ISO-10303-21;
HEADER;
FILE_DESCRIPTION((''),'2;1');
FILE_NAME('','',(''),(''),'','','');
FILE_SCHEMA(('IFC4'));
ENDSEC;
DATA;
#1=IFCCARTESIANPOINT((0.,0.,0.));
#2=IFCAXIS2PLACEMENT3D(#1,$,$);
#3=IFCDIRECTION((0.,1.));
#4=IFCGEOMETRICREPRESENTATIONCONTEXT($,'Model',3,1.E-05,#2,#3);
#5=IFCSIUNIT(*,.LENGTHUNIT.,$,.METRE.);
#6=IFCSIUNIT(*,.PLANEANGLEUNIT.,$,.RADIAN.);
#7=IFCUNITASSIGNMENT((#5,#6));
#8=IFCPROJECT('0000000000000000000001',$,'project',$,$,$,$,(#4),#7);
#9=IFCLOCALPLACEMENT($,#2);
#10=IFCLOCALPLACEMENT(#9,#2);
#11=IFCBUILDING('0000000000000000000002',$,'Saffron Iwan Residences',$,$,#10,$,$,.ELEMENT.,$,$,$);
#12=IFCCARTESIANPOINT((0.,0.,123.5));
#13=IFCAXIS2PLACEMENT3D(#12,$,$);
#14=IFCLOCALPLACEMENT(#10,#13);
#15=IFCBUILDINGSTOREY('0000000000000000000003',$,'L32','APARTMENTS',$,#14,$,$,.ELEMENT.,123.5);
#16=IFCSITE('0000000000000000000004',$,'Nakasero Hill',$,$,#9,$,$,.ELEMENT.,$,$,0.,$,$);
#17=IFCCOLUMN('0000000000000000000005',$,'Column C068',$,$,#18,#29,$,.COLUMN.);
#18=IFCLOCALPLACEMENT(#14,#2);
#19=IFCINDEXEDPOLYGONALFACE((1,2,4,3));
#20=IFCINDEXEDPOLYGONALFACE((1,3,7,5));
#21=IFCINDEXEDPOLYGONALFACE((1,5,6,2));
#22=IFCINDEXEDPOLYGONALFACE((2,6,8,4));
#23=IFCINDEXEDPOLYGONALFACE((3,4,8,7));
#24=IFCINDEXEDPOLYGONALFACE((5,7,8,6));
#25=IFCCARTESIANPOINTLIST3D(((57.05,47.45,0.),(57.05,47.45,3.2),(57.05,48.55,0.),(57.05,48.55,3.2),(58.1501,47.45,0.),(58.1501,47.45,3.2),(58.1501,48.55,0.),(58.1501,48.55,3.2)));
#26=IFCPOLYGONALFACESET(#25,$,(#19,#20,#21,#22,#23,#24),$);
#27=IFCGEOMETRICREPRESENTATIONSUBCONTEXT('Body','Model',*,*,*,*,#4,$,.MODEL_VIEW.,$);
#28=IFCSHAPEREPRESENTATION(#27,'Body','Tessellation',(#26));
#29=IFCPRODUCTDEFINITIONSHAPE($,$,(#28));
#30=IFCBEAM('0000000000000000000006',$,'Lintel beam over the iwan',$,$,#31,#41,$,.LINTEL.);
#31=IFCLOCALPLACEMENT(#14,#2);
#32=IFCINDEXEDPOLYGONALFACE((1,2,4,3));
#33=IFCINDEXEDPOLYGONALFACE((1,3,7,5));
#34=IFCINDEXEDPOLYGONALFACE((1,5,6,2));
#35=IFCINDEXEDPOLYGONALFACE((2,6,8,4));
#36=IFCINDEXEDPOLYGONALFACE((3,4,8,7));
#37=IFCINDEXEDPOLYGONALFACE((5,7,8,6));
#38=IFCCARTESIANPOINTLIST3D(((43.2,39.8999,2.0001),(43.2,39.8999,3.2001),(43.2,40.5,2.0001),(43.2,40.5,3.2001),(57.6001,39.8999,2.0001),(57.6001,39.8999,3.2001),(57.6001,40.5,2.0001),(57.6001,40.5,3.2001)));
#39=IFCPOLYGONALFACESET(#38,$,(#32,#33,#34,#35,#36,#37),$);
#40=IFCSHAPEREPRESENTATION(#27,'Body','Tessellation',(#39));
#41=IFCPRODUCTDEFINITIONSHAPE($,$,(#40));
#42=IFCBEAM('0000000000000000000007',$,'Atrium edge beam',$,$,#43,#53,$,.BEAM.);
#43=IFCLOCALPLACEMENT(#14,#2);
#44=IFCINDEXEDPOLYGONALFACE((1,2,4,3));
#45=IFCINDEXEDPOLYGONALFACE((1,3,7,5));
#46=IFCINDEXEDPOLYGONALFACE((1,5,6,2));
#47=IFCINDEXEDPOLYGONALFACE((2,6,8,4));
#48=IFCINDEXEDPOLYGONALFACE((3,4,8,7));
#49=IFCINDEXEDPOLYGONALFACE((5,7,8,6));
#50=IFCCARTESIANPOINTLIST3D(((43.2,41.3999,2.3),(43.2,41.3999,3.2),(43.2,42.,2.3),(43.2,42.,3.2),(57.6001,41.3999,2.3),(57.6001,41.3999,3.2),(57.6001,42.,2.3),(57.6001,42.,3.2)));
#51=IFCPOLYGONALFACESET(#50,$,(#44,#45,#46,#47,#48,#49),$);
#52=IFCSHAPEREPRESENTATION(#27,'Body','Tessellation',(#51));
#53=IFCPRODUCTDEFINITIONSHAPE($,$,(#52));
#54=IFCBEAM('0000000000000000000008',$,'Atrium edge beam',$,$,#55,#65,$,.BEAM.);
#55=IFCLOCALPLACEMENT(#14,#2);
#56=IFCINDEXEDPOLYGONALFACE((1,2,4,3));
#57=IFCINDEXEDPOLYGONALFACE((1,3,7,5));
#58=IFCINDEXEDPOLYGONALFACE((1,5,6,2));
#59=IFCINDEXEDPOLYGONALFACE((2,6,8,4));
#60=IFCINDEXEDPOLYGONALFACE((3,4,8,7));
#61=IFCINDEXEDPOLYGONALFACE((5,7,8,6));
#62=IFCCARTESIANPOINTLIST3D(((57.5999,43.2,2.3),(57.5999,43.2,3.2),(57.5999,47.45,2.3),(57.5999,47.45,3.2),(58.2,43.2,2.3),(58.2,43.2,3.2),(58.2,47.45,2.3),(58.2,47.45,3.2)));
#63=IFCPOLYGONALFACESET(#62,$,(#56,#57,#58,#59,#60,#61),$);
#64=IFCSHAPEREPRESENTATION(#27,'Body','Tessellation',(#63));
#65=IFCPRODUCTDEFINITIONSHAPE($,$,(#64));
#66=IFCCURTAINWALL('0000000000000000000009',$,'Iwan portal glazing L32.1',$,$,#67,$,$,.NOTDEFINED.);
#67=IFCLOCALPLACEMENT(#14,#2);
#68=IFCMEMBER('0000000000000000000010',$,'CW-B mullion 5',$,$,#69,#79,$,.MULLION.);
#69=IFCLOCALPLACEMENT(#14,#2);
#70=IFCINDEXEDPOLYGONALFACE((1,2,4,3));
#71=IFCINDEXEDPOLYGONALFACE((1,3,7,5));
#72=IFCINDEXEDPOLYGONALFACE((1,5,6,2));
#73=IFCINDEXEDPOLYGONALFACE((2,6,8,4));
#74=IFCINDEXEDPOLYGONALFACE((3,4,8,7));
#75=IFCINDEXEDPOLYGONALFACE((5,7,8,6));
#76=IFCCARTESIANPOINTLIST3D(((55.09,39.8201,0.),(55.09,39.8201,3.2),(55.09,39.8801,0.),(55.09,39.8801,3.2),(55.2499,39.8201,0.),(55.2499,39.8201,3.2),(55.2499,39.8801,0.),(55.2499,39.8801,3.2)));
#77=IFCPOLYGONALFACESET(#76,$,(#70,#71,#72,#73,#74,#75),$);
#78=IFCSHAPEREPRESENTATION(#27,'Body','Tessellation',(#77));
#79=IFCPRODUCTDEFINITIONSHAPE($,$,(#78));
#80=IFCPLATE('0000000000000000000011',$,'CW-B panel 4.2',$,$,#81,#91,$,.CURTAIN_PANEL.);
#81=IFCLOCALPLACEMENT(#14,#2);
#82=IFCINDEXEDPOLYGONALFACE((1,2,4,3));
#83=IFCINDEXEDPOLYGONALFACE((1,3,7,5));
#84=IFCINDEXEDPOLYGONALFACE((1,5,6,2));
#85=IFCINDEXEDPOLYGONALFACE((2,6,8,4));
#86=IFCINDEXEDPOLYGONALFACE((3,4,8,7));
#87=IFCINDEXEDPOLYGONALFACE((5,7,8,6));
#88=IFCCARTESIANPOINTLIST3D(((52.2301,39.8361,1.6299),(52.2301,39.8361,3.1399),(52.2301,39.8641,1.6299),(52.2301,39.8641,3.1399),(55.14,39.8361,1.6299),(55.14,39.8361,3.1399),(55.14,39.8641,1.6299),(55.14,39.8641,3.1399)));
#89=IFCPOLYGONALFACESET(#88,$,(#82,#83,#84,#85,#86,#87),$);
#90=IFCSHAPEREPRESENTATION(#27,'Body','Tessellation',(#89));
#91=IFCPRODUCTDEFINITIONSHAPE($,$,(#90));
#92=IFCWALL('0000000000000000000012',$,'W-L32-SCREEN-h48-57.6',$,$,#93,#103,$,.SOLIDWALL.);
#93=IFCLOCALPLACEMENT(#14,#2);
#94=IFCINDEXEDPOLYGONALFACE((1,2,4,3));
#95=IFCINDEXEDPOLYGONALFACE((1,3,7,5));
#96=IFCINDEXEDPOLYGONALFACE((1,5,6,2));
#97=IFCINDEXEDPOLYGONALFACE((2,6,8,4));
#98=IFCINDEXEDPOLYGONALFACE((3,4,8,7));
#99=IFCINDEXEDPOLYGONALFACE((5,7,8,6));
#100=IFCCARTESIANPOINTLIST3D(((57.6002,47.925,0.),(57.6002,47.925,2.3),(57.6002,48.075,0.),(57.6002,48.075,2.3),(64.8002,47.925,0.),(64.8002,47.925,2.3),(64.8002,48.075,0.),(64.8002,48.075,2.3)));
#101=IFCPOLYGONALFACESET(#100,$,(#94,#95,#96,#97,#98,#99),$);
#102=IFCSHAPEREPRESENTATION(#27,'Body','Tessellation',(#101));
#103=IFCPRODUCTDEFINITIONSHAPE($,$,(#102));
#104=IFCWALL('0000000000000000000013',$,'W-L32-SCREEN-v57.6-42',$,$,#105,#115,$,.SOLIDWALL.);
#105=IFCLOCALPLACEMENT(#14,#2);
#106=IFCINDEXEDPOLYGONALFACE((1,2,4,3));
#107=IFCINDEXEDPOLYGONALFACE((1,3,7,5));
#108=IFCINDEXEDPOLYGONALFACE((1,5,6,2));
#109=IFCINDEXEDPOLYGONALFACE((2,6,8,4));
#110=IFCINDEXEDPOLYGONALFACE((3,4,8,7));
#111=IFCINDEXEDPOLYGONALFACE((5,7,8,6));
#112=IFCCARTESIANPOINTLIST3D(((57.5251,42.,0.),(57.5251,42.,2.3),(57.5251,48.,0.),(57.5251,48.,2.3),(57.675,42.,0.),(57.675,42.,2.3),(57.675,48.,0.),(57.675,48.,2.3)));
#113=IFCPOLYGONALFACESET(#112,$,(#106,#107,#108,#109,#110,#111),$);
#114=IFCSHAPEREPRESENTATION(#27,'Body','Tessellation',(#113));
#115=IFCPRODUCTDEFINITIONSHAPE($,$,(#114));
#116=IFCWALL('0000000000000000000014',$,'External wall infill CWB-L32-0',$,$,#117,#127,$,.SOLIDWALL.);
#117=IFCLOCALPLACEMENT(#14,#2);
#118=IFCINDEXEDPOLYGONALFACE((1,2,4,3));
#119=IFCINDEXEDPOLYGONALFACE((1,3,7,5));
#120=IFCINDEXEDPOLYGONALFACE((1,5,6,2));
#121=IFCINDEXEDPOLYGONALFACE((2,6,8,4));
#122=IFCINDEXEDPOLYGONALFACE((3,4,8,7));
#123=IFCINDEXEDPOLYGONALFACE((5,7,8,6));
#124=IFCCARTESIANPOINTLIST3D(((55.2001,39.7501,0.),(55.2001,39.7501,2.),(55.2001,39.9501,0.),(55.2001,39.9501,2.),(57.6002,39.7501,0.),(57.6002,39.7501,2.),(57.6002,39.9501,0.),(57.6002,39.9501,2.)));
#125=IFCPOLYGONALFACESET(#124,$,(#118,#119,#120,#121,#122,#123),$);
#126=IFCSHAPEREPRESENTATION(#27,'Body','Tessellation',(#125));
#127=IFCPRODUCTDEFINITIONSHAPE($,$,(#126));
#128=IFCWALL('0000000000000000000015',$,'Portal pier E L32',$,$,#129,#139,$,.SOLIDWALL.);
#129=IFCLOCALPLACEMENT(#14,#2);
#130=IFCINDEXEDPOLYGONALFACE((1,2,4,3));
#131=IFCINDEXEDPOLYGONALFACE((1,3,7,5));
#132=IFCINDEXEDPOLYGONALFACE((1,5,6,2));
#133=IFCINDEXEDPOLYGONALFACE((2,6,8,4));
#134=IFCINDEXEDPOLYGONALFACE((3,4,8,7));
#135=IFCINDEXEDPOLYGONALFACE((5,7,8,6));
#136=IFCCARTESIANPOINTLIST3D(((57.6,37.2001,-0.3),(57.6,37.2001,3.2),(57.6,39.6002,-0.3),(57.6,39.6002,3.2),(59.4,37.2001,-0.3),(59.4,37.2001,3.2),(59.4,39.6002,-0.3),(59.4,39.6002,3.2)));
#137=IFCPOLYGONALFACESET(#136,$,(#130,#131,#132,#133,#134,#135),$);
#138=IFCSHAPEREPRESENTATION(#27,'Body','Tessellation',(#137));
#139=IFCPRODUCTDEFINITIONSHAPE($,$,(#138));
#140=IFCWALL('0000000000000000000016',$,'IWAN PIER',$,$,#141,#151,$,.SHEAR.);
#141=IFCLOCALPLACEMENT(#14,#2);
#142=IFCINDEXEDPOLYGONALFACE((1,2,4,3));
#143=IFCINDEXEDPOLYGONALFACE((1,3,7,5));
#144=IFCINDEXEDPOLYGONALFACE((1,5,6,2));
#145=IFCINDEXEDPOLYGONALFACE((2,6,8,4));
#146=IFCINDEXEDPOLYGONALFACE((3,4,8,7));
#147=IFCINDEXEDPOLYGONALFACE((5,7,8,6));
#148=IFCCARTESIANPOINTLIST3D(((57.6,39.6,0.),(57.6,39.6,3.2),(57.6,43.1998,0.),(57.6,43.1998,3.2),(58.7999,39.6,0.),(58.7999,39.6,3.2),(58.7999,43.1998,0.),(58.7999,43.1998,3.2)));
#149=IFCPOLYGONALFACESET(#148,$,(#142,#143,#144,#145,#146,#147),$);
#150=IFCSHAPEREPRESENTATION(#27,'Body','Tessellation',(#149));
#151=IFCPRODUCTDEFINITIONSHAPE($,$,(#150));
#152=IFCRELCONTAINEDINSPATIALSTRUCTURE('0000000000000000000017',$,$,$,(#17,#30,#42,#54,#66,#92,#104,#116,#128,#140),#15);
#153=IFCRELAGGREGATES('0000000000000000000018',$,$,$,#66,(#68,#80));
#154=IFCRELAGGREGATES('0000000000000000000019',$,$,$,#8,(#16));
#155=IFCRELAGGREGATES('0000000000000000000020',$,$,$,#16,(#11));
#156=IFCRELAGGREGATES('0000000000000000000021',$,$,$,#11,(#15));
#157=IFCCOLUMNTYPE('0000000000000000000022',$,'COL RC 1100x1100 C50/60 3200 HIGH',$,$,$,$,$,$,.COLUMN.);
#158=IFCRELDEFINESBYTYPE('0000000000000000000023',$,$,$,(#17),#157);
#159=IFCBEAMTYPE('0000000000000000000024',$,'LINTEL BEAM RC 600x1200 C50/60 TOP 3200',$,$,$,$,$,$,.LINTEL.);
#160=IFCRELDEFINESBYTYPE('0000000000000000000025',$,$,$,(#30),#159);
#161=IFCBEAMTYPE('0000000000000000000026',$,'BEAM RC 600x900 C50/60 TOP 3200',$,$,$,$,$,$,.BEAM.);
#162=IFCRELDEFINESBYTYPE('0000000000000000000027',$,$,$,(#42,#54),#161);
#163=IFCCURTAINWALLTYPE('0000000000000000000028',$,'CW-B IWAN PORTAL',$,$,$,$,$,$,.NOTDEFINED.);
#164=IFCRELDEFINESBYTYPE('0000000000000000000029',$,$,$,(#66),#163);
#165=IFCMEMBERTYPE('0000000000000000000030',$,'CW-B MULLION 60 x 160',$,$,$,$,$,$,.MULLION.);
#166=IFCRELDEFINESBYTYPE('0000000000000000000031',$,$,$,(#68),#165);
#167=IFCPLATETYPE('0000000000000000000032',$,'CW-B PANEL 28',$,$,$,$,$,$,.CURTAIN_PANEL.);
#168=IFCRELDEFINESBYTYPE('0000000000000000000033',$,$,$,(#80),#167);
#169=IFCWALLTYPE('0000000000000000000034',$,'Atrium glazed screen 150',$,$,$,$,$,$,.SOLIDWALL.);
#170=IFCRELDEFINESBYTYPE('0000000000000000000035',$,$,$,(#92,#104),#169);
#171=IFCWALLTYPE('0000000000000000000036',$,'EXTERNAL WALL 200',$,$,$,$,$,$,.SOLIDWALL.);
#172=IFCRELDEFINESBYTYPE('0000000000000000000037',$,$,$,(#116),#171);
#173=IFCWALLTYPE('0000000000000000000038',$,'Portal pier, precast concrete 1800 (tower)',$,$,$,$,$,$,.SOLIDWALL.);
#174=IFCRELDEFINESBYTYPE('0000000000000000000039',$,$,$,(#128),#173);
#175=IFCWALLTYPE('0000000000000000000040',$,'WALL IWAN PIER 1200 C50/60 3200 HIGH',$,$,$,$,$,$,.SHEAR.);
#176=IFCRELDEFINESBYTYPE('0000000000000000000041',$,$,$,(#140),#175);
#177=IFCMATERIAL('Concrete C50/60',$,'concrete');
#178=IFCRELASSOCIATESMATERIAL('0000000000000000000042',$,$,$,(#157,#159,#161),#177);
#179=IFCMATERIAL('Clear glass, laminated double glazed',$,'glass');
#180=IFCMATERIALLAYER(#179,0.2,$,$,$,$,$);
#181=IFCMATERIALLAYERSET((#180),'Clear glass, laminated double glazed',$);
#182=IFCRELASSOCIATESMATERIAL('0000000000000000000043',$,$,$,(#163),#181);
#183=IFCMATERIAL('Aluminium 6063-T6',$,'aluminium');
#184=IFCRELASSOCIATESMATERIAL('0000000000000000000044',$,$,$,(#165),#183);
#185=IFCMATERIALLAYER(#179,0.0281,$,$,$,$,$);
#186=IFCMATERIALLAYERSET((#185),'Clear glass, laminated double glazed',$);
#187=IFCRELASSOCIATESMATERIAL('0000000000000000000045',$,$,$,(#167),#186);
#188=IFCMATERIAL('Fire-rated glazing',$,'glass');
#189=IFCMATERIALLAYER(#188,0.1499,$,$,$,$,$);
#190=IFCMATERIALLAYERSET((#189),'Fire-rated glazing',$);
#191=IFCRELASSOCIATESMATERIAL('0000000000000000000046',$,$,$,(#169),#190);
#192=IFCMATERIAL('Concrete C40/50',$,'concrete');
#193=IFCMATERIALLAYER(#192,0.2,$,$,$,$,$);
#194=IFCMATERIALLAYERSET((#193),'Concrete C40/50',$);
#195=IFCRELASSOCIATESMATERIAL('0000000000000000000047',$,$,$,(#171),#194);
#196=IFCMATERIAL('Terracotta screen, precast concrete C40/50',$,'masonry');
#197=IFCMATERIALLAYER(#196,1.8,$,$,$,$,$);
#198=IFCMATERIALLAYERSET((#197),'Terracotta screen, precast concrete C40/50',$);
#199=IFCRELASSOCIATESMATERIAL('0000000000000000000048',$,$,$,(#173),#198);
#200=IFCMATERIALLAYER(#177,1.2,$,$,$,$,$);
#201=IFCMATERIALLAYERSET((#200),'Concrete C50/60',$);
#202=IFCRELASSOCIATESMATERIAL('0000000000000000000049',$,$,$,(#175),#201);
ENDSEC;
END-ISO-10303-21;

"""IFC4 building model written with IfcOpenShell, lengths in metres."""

from ifc_helpers import new_model, si_unit, direction, frame, frame_2d, origin, origin_2d, place, context, subcontext, project, spatial, rectangle, extrude, source, transform, mapped, material, layer, layer_set, material_profile, profile_set, type_object, element, aggregate, save


model = new_model("IFC4")

# Units and contexts
model_context = context("Model", 3, precision=1e-05, world=origin(), true_north=direction((0.0, 1.0)))
body_context = subcontext(model_context, "Body", "Model", "MODEL_VIEW")
ifc_project = project(units=[si_unit("LENGTHUNIT", "METRE"), si_unit("PLANEANGLEUNIT", "RADIAN")], contexts=[model_context])

# Site, building, storey
site_placement = place(None, origin())
site = spatial("IfcSite", under=ifc_project, at=site_placement, Name="Nakasero Hill", CompositionType="ELEMENT", RefElevation=0.0)
building_placement = place(site_placement, origin())
building = spatial("IfcBuilding", under=site, at=building_placement, Name="Saffron Iwan Residences", CompositionType="ELEMENT")
storey_placement = place(building_placement, frame((0.0, 0.0, 123.5)))
storey = spatial("IfcBuildingStorey", under=building, at=storey_placement, Name="L32", Description="APARTMENTS", CompositionType="ELEMENT", Elevation=123.5)

# Column
ifc_material_1 = material(Name="Concrete C50/60", Category="concrete")
ifc_material_profile_1 = material_profile(ifc_material_1, rectangle(XDim=1.1001, YDim=1.1001, at=origin_2d()), Name="RC 1100x1100")
ifc_profile_set_1 = profile_set([ifc_material_profile_1], Name="Concrete C50/60")
column_type = type_object("IfcColumnType", Name="COL RC 1100x1100 C50/60 3200 HIGH", PredefinedType="COLUMN", material=ifc_profile_set_1)
shared_shape_1 = source(origin(), body_context, "Body", "SweptSolid", [
    extrude(rectangle(XDim=1.1001, YDim=1.1001, at=origin_2d()), origin(), (0.0, 0.0, 1.0), 3.2),
])
column_placement = place(storey_placement, frame((57.6001, 48.0, 0.0), z_axis=(0.0, 0.0, 1.0), x_axis=(1.0, 0.0, 0.0)))
element("IfcColumn", 1, at=column_placement, inside=storey, type_object=column_type, Name="Column C068", PredefinedType="COLUMN", context=body_context, shape_type="MappedRepresentation", body=[
    mapped(shared_shape_1, transform((0.0, 0.0, 0.0))),
])

# Beams
ifc_material_profile_2 = material_profile(ifc_material_1, rectangle(XDim=0.6001, YDim=1.2, at=origin_2d()), Name="RC 600x1200")
ifc_profile_set_2 = profile_set([ifc_material_profile_2], Name="Concrete C50/60")
beam_type_1 = type_object("IfcBeamType", Name="LINTEL BEAM RC 600x1200 C50/60 TOP 3200", PredefinedType="LINTEL", material=ifc_profile_set_2)
shared_shape_2 = source(origin(), body_context, "Body", "SweptSolid", [
    extrude(rectangle(XDim=0.6001, YDim=1.2, at=origin_2d()), origin(), (0.0, 0.0, 1.0), 14.4001),
])
beam_1_placement = place(storey_placement, frame((57.6001, 40.2, 2.6001), z_axis=(-1.0, 0.0, 0.0), x_axis=(0.0, -1.0, 0.0)))
element("IfcBeam", 2, at=beam_1_placement, inside=storey, type_object=beam_type_1, Name="Lintel beam over the iwan", PredefinedType="LINTEL", context=body_context, shape_type="MappedRepresentation", body=[
    mapped(shared_shape_2, transform((0.0, 0.0, 0.0))),
])
ifc_material_profile_3 = material_profile(ifc_material_1, rectangle(XDim=0.6001, YDim=0.8999, at=origin_2d()), Name="RC 600x900")
ifc_profile_set_3 = profile_set([ifc_material_profile_3], Name="Concrete C50/60")
beam_type_2 = type_object("IfcBeamType", Name="BEAM RC 600x900 C50/60 TOP 3200", PredefinedType="BEAM", material=ifc_profile_set_3)
shared_shape_3 = source(origin(), body_context, "Body", "SweptSolid", [
    extrude(rectangle(XDim=0.6001, YDim=0.8999, at=origin_2d()), origin(), (0.0, 0.0, 1.0), 14.4001),
])
beam_2_placement = place(storey_placement, frame((57.6001, 41.7, 2.75), z_axis=(-1.0, 0.0, 0.0), x_axis=(0.0, -1.0, 0.0)))
element("IfcBeam", 3, at=beam_2_placement, inside=storey, type_object=beam_type_2, Name="Atrium edge beam", PredefinedType="BEAM", context=body_context, shape_type="MappedRepresentation", body=[
    mapped(shared_shape_3, transform((0.0, 0.0, 0.0))),
])
shared_shape_4 = source(origin(), body_context, "Body", "SweptSolid", [
    extrude(rectangle(XDim=0.6001, YDim=0.8999, at=origin_2d()), origin(), (0.0, 0.0, 1.0), 4.25),
])
beam_3_placement = place(storey_placement, frame((57.8999, 47.45, 2.75), z_axis=(0.0, -1.0, 0.0), x_axis=(1.0, 0.0, 0.0)))
element("IfcBeam", 4, at=beam_3_placement, inside=storey, type_object=beam_type_2, Name="Atrium edge beam", PredefinedType="BEAM", context=body_context, shape_type="MappedRepresentation", body=[
    mapped(shared_shape_4, transform((0.0, 0.0, 0.0))),
])

# Curtain wall, member, plate
ifc_material_2 = material(Name="Clear glass, laminated double glazed", Category="glass")
ifc_layer_1 = layer(ifc_material_2, 0.2)
ifc_layer_set_1 = layer_set([ifc_layer_1], Name="Clear glass, laminated double glazed")
curtain_wall_type = type_object("IfcCurtainWallType", Name="CW-B IWAN PORTAL", PredefinedType="NOTDEFINED", material=ifc_layer_set_1)
curtain_wall_placement = place(storey_placement, origin())
curtain_wall = element("IfcCurtainWall", 5, at=curtain_wall_placement, inside=storey, type_object=curtain_wall_type, Name="Iwan portal glazing L32.1", PredefinedType="NOTDEFINED")
ifc_material_3 = material(Name="Aluminium 6063-T6", Category="aluminium")
ifc_material_profile_4 = material_profile(ifc_material_3, rectangle(XDim=0.0601, YDim=0.1599, at=origin_2d()), Name="CW-B MULLION 60 x 160")
ifc_profile_set_4 = profile_set([ifc_material_profile_4], Name="Aluminium 6063-T6")
member_type = type_object("IfcMemberType", Name="CW-B MULLION 60 x 160", PredefinedType="MULLION", material=ifc_profile_set_4)
shared_shape_5 = source(origin(), body_context, "Body", "SweptSolid", [
    extrude(rectangle(XDim=0.0601, YDim=0.1599, at=origin_2d()), origin(), (0.0, 0.0, 1.0), 3.2),
])
member_placement = place(storey_placement, frame((55.1699, 39.8501, 0.0), z_axis=(0.0, 0.0, 1.0), x_axis=(0.0, 1.0, 0.0)))
member = element("IfcMember", 6, at=member_placement, type_object=member_type, Name="CW-B mullion 5", PredefinedType="MULLION", context=body_context, shape_type="MappedRepresentation", body=[
    mapped(shared_shape_5, transform((0.0, 0.0, 0.0))),
])
ifc_layer_2 = layer(ifc_material_2, 0.0281)
ifc_layer_set_2 = layer_set([ifc_layer_2], Name="Clear glass, laminated double glazed")
plate_type = type_object("IfcPlateType", Name="CW-B PANEL 28", PredefinedType="CURTAIN_PANEL", material=ifc_layer_set_2)
shared_shape_6 = source(origin(), body_context, "Body", "SweptSolid", [
    extrude(rectangle(XDim=2.9099, YDim=0.0281, at=origin_2d()), origin(), (0.0, 0.0, 1.0), 1.51),
])
plate_placement = place(storey_placement, frame((53.6851, 39.8501, 1.6299), z_axis=(0.0, 0.0, 1.0), x_axis=(1.0, 0.0, 0.0)))
plate = element("IfcPlate", 7, at=plate_placement, type_object=plate_type, Name="CW-B panel 4.2", PredefinedType="CURTAIN_PANEL", context=body_context, shape_type="MappedRepresentation", body=[
    mapped(shared_shape_6, transform((0.0, 0.0, 0.0))),
])
aggregate(curtain_wall, [member, plate])

# Walls
ifc_material_4 = material(Name="Fire-rated glazing", Category="glass")
ifc_layer_3 = layer(ifc_material_4, 0.1499)
ifc_layer_set_3 = layer_set([ifc_layer_3], Name="Fire-rated glazing")
wall_type_1 = type_object("IfcWallType", Name="Atrium glazed screen 150", PredefinedType="SOLIDWALL", material=ifc_layer_set_3)
wall_1_placement = place(storey_placement, frame((57.6001, 48.0, 0.0), z_axis=(0.0, 0.0, 1.0), x_axis=(1.0, 0.0, 0.0)))
element("IfcWall", 8, at=wall_1_placement, inside=storey, type_object=wall_type_1, Name="W-L32-SCREEN-h48-57.6", PredefinedType="SOLIDWALL", context=body_context, shape_type="SweptSolid", body=[
    extrude(rectangle(XDim=7.2, YDim=0.1499, at=frame_2d((3.6001, 0.0))), origin(), (0.0, 0.0, 1.0), 2.3),
])
wall_2_placement = place(storey_placement, frame((57.6001, 42.0, 0.0), z_axis=(0.0, 0.0, 1.0), x_axis=(0.0, 1.0, 0.0)))
element("IfcWall", 9, at=wall_2_placement, inside=storey, type_object=wall_type_1, Name="W-L32-SCREEN-v57.6-42", PredefinedType="SOLIDWALL", context=body_context, shape_type="SweptSolid", body=[
    extrude(rectangle(XDim=6.0, YDim=0.1499, at=frame_2d((3.0, 0.0))), origin(), (0.0, 0.0, 1.0), 2.3),
])
ifc_material_5 = material(Name="Concrete C40/50", Category="concrete")
ifc_layer_4 = layer(ifc_material_5, 0.2)
ifc_layer_set_4 = layer_set([ifc_layer_4], Name="Concrete C40/50")
wall_type_2 = type_object("IfcWallType", Name="EXTERNAL WALL 200", PredefinedType="SOLIDWALL", material=ifc_layer_set_4)
wall_3_placement = place(storey_placement, frame((55.2, 39.8501, 0.0), z_axis=(0.0, 0.0, 1.0), x_axis=(1.0, 0.0, 0.0)))
element("IfcWall", 10, at=wall_3_placement, inside=storey, type_object=wall_type_2, Name="External wall infill CWB-L32-0", PredefinedType="SOLIDWALL", context=body_context, shape_type="SweptSolid", body=[
    extrude(rectangle(XDim=2.4001, YDim=0.2, at=frame_2d((1.2002, 0.0))), origin(), (0.0, 0.0, 1.0), 2.0),
])
ifc_material_6 = material(Name="Terracotta screen, precast concrete C40/50", Category="masonry")
ifc_layer_5 = layer(ifc_material_6, 1.8)
ifc_layer_set_5 = layer_set([ifc_layer_5], Name="Terracotta screen, precast concrete C40/50")
wall_type_3 = type_object("IfcWallType", Name="Portal pier, precast concrete 1800 (tower)", PredefinedType="SOLIDWALL", material=ifc_layer_set_5)
wall_4_placement = place(storey_placement, frame((58.5, 37.2, -0.3), z_axis=(0.0, 0.0, 1.0), x_axis=(0.0, 1.0, 0.0)))
element("IfcWall", 11, at=wall_4_placement, inside=storey, type_object=wall_type_3, Name="Portal pier E L32", PredefinedType="SOLIDWALL", context=body_context, shape_type="SweptSolid", body=[
    extrude(rectangle(XDim=2.4001, YDim=1.8, at=frame_2d((1.2002, 0.0))), origin(), (0.0, 0.0, 1.0), 3.5),
])
ifc_layer_6 = layer(ifc_material_1, 1.2)
ifc_layer_set_6 = layer_set([ifc_layer_6], Name="Concrete C50/60")
wall_type_4 = type_object("IfcWallType", Name="WALL IWAN PIER 1200 C50/60 3200 HIGH", PredefinedType="SHEAR", material=ifc_layer_set_6)
wall_5_placement = place(storey_placement, frame((58.2, 39.6001, 0.0), z_axis=(0.0, 0.0, 1.0), x_axis=(0.0, 1.0, 0.0)))
element("IfcWall", 12, at=wall_5_placement, inside=storey, type_object=wall_type_4, Name="IWAN PIER", PredefinedType="SHEAR", context=body_context, shape_type="SweptSolid", body=[
    extrude(rectangle(XDim=3.5999, YDim=1.2, at=frame_2d((1.7998, 0.0))), origin(), (0.0, 0.0, 1.0), 3.2),
])

save(model, "model.ifc")
